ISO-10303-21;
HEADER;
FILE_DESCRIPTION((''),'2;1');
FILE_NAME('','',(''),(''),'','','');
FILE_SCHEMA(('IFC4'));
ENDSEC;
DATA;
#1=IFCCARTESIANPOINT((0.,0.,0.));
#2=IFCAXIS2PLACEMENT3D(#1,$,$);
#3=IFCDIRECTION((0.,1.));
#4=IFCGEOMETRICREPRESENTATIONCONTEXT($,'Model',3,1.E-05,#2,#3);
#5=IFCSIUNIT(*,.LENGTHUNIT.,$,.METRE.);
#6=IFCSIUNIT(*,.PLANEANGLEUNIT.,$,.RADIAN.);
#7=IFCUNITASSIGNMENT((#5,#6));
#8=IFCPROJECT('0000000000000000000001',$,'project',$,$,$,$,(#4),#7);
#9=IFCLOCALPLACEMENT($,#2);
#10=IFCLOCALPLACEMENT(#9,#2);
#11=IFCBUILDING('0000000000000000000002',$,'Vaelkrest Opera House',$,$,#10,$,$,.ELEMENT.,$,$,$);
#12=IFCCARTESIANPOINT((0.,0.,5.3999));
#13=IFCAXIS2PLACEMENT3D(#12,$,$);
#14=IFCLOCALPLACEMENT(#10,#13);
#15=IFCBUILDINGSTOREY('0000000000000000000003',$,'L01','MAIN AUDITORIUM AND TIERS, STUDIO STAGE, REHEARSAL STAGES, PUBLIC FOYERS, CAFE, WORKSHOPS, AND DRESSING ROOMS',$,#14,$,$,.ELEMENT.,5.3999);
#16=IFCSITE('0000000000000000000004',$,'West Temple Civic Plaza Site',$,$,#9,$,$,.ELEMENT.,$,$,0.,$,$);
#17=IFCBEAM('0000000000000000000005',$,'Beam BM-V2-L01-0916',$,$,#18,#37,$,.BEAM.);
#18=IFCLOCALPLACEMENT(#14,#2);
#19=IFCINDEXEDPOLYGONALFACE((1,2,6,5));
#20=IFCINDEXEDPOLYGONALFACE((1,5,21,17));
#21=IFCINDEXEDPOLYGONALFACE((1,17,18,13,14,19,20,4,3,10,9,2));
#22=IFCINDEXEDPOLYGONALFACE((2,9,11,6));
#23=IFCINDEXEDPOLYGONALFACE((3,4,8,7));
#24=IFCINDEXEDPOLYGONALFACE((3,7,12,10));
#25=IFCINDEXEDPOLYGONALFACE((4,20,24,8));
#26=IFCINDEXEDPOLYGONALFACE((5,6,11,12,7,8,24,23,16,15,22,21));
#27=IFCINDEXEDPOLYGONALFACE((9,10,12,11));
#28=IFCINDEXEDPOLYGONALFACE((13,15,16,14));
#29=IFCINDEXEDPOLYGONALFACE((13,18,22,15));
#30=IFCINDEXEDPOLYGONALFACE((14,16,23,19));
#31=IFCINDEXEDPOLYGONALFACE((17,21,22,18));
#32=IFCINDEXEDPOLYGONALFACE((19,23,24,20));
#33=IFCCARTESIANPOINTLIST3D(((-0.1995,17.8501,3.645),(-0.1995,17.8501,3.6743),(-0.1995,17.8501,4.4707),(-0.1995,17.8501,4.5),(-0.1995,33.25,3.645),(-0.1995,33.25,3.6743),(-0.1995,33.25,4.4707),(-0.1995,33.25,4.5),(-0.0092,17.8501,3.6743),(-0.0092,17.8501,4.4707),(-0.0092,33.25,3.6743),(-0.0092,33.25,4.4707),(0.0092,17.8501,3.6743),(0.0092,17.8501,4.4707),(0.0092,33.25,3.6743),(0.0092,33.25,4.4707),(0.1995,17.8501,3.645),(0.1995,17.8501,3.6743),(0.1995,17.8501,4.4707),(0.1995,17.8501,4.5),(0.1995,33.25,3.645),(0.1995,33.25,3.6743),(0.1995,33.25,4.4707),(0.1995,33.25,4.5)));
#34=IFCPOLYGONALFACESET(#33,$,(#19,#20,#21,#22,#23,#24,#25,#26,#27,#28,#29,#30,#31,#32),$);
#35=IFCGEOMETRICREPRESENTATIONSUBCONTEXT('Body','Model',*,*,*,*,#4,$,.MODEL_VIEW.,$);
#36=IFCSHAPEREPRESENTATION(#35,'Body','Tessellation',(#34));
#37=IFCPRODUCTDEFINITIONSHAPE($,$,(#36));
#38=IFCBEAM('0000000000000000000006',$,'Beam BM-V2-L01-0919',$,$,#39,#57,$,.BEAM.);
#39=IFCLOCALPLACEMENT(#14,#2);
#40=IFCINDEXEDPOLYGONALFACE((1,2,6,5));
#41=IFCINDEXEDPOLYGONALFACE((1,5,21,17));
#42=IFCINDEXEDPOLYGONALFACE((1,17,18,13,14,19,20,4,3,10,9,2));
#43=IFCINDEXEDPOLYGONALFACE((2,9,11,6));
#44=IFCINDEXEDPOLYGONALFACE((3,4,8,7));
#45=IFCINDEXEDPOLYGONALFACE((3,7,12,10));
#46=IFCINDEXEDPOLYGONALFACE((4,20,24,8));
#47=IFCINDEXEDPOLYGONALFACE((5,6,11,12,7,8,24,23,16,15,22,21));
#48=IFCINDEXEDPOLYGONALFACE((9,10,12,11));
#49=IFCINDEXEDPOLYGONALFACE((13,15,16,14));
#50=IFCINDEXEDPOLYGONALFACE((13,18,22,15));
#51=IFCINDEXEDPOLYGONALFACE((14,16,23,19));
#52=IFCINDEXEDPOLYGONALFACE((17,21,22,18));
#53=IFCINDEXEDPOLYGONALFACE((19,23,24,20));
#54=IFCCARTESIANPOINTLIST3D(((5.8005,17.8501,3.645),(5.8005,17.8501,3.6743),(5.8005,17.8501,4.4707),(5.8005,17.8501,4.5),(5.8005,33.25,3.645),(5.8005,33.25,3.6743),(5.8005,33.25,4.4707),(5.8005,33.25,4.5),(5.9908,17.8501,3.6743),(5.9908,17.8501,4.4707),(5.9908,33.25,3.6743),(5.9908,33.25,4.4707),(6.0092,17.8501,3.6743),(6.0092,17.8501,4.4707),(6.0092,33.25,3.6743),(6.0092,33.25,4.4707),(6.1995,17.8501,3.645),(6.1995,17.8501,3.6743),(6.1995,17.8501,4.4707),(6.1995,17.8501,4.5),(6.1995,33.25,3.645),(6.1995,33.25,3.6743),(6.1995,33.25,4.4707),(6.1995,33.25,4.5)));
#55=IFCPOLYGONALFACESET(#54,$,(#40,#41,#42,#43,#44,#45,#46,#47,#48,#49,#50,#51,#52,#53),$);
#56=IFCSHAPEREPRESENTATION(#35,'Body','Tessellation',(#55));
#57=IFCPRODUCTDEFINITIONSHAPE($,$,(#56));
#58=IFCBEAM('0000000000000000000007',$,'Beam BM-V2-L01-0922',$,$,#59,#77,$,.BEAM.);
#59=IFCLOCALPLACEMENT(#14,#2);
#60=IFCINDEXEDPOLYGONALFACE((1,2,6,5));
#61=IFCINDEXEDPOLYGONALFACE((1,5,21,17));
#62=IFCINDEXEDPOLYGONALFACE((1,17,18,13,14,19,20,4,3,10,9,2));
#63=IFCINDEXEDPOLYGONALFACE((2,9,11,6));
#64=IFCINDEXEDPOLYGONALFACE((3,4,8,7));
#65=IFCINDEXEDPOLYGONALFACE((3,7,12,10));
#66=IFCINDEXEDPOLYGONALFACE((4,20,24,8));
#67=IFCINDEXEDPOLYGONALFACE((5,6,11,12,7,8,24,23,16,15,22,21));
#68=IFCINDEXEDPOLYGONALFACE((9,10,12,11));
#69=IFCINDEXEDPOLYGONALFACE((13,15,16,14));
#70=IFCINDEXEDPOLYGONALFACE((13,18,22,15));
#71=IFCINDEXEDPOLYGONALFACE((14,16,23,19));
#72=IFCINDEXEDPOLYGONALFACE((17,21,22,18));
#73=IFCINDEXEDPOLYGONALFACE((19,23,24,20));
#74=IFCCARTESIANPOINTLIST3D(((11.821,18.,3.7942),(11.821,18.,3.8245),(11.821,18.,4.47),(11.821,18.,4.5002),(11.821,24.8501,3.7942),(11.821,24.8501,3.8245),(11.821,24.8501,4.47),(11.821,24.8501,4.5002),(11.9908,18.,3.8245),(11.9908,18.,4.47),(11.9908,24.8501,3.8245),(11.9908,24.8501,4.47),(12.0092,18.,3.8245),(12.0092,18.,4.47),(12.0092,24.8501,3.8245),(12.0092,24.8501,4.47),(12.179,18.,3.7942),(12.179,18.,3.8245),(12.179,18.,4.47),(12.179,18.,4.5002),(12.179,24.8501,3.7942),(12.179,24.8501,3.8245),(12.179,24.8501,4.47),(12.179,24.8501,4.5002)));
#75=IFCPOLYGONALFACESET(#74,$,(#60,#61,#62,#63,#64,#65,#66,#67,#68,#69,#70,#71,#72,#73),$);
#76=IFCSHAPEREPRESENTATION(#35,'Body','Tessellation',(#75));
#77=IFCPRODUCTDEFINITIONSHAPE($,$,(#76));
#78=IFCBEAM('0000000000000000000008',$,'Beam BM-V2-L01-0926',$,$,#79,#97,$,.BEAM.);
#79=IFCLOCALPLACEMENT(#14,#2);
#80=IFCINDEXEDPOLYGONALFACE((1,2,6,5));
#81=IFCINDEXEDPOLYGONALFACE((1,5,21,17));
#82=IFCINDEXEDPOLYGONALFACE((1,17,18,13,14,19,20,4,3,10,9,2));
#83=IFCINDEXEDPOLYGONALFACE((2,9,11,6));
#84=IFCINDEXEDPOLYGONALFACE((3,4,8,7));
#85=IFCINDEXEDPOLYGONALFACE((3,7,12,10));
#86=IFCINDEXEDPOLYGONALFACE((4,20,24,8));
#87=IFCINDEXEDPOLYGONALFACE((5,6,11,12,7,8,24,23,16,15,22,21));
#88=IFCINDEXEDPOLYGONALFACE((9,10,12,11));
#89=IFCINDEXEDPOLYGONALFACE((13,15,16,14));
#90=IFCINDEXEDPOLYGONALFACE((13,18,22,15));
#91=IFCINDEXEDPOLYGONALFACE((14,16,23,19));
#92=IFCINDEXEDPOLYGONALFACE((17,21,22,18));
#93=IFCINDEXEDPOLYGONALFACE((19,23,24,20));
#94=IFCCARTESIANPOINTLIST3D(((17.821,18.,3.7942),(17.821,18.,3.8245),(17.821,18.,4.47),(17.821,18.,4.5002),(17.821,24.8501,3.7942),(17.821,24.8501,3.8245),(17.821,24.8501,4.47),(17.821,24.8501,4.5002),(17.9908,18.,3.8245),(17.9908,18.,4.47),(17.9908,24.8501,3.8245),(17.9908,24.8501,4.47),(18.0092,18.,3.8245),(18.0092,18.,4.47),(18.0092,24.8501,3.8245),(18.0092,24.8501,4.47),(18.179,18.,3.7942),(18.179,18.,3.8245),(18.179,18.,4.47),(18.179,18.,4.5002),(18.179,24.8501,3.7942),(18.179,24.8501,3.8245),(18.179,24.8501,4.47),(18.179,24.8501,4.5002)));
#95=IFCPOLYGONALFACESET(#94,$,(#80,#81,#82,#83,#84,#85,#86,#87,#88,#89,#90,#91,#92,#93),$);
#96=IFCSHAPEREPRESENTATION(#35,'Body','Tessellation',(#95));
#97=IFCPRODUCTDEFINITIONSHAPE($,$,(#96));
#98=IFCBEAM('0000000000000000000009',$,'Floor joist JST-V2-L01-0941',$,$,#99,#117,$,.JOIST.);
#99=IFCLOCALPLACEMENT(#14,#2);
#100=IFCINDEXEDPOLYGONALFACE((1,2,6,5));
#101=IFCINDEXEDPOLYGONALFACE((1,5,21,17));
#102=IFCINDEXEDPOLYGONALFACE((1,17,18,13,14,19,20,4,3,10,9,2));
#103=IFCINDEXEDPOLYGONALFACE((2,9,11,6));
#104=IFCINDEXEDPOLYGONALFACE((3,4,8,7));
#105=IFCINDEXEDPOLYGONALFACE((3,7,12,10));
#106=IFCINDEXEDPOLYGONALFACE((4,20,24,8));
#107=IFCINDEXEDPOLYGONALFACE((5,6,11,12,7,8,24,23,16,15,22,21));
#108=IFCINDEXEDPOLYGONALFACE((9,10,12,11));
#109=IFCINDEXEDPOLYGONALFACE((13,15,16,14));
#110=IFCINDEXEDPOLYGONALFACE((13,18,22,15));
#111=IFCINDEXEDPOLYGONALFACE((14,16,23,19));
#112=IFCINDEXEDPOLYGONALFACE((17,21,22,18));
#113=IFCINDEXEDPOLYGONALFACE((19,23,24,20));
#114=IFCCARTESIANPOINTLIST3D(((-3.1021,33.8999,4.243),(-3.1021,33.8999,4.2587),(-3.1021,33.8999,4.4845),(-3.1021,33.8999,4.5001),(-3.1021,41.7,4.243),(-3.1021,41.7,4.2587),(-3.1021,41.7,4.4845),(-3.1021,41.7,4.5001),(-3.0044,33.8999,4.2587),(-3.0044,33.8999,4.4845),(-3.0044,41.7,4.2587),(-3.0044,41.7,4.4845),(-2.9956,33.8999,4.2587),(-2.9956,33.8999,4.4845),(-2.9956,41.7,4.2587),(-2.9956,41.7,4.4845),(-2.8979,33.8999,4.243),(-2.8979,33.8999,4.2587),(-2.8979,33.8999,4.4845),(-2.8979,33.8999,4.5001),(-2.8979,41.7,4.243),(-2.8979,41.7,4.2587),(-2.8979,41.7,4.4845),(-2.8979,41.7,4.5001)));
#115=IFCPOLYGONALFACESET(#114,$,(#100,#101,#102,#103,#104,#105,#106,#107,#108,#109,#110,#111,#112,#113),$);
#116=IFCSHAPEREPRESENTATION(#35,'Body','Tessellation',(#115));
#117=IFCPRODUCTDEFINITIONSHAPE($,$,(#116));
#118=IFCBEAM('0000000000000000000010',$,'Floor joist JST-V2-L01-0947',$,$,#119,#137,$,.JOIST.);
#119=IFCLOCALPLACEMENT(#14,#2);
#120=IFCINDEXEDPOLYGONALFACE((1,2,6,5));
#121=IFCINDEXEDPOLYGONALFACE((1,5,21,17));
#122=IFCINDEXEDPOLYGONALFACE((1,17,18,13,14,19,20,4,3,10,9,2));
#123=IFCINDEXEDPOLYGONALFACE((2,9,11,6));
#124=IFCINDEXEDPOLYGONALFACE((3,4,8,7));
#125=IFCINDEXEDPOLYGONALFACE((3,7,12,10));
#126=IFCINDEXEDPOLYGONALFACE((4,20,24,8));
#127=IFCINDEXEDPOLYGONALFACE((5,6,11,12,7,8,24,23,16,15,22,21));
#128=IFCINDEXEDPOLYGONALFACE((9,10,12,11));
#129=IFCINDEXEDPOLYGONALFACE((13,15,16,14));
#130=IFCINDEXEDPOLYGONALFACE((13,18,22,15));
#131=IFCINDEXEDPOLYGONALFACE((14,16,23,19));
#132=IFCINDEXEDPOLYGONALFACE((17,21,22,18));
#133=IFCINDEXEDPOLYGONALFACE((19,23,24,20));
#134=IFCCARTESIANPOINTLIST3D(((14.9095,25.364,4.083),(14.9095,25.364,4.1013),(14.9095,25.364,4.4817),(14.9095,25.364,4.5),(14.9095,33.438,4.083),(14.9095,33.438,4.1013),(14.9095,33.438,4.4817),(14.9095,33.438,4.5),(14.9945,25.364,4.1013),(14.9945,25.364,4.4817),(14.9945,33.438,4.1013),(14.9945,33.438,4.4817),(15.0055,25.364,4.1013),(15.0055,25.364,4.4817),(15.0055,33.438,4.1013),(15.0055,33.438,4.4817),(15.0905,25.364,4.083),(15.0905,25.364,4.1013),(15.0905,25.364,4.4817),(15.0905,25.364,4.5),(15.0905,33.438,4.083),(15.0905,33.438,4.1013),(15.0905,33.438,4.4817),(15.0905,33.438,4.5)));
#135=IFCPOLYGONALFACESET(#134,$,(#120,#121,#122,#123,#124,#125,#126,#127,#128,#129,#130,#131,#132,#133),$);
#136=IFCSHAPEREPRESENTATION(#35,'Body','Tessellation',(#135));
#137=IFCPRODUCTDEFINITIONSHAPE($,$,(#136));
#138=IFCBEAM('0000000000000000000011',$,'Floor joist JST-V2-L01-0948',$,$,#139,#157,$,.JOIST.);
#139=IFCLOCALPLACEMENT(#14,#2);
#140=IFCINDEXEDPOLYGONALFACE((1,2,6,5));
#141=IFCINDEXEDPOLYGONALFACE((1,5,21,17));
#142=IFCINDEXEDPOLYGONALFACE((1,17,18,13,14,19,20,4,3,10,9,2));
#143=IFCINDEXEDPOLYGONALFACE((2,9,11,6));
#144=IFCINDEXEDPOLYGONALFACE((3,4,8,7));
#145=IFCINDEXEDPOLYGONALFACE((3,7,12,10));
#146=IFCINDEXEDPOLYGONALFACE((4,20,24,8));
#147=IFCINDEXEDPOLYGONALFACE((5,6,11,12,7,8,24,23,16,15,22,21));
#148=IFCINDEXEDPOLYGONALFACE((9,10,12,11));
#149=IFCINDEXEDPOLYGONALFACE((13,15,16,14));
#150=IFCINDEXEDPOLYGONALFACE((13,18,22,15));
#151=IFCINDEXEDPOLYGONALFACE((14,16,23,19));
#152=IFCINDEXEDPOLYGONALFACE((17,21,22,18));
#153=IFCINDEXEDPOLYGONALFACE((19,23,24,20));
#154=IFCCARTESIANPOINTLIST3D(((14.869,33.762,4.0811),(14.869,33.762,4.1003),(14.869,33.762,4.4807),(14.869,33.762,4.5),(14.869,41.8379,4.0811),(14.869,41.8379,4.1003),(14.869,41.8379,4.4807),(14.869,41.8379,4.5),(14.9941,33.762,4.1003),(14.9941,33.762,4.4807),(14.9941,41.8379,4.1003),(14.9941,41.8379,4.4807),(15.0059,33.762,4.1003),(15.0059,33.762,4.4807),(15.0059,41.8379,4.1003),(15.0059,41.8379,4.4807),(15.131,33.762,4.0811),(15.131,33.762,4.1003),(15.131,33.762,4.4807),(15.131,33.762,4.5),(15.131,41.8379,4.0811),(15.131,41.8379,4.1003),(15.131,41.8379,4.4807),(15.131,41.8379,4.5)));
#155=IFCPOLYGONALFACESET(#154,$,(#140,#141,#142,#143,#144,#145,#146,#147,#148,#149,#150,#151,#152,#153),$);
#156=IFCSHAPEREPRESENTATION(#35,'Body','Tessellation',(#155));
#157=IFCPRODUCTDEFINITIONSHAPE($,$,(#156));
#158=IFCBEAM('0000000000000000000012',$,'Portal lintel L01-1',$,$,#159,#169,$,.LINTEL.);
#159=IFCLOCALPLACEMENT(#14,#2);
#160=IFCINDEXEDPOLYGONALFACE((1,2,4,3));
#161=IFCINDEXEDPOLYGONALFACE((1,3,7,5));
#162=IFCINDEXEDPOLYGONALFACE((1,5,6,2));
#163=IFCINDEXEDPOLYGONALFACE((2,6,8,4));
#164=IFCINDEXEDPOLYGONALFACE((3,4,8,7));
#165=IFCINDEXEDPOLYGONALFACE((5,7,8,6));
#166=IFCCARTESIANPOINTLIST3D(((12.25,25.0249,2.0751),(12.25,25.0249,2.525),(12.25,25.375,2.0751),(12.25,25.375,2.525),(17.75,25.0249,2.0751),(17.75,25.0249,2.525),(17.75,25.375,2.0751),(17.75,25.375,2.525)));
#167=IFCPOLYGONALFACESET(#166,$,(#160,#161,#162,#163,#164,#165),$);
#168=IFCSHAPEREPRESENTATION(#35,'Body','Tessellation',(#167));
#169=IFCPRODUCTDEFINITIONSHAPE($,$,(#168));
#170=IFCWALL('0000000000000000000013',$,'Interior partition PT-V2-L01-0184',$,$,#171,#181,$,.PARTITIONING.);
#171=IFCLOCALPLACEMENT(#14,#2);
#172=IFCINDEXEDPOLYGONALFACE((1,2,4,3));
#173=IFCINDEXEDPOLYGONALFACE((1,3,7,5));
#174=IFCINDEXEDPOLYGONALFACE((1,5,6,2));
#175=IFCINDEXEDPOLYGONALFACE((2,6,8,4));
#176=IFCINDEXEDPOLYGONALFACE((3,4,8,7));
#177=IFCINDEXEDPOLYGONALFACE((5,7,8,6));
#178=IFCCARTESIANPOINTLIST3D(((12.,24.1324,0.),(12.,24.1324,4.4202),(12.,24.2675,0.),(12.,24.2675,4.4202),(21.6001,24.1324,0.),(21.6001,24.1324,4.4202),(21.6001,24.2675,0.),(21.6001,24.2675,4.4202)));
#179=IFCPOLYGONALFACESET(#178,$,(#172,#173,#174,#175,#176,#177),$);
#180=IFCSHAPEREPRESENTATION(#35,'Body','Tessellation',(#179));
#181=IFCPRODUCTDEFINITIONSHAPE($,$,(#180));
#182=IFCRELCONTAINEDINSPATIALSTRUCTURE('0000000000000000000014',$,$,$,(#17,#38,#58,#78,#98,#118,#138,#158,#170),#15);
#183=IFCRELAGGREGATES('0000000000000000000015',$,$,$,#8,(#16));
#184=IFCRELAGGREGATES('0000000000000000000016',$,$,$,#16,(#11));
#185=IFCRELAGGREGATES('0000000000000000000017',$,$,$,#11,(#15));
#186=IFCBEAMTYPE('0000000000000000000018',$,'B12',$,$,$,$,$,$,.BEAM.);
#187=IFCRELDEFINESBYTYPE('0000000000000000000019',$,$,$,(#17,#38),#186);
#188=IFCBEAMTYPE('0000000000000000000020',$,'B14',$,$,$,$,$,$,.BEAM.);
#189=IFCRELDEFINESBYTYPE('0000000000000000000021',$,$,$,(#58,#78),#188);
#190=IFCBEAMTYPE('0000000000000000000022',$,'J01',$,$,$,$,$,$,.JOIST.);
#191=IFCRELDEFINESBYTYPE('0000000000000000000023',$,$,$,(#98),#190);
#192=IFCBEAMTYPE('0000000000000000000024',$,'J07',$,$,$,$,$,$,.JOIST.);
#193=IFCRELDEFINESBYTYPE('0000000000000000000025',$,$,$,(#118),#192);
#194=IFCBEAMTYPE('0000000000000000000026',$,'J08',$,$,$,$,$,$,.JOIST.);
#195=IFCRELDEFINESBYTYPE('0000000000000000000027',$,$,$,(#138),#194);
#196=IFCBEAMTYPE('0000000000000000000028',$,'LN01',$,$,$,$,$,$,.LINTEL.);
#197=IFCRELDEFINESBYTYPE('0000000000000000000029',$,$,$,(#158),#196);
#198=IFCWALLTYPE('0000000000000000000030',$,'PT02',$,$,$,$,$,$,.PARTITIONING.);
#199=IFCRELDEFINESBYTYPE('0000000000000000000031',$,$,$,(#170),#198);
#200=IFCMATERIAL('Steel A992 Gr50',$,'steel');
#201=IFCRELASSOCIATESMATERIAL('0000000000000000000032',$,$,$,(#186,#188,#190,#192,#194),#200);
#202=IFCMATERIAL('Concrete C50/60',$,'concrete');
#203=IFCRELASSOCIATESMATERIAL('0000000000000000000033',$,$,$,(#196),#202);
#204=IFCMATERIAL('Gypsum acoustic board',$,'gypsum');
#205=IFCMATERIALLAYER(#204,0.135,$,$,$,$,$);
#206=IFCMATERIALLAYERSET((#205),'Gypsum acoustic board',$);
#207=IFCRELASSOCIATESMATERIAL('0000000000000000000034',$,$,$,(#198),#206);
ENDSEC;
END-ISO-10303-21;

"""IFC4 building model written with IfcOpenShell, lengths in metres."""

from ifc_helpers import new_model, si_unit, direction, frame, frame_2d, origin, origin_2d, place, context, subcontext, project, spatial, rectangle, i_section, extrude, material, layer, layer_set, material_profile, profile_set, type_object, element, save


model = new_model("IFC4")

# Units and contexts
model_context = context("Model", 3, precision=1e-05, world=origin(), true_north=direction((0.0, 1.0)))
body_context = subcontext(model_context, "Body", "Model", "MODEL_VIEW")
ifc_project = project(units=[si_unit("LENGTHUNIT", "METRE"), si_unit("PLANEANGLEUNIT", "RADIAN")], contexts=[model_context])

# Site, building, storey
site_placement = place(None, origin())
site = spatial("IfcSite", under=ifc_project, at=site_placement, Name="West Temple Civic Plaza Site", CompositionType="ELEMENT", RefElevation=0.0)
building_placement = place(site_placement, origin())
building = spatial("IfcBuilding", under=site, at=building_placement, Name="Vaelkrest Opera House", CompositionType="ELEMENT")
storey_placement = place(building_placement, frame((0.0, 0.0, 5.3999)))
storey = spatial("IfcBuildingStorey", under=building, at=storey_placement, Name="L01", Description="MAIN AUDITORIUM AND TIERS, STUDIO STAGE, REHEARSAL STAGES, PUBLIC FOYERS, CAFE, WORKSHOPS, AND DRESSING ROOMS", CompositionType="ELEMENT", Elevation=5.3999)

# Shared definitions
ifc_material_1 = material(Name="Concrete C50/60", Category="concrete")

# Beams
ifc_material_2 = material(Name="Steel A992 Gr50", Category="steel")
ifc_material_profile_1 = material_profile(ifc_material_2, i_section(OverallWidth=0.3989, OverallDepth=0.855, WebThickness=0.0183, FlangeThickness=0.0293, at=origin_2d()), Name="W33X201")
ifc_profile_set_1 = profile_set([ifc_material_profile_1], Name="Steel A992 Gr50")
beam_type_1 = type_object("IfcBeamType", Name="B12", PredefinedType="BEAM", material=ifc_profile_set_1)
for number, where, z_axis, x_axis, name in (
    (1, (0.0, 17.8501, 4.0725), (0.0, 1.0, 0.0), (-1.0, 0.0, 0.0), "Beam BM-V2-L01-0916"),
    (2, (6.0, 17.8501, 4.0725), (0.0, 1.0, 0.0), (-1.0, 0.0, 0.0), "Beam BM-V2-L01-0919"),
):
    element("IfcBeam", number, at=place(storey_placement, frame(where, z_axis=z_axis, x_axis=x_axis)), inside=storey, type_object=beam_type_1, Name=name, PredefinedType="BEAM", context=body_context, shape_type="SweptSolid", body=[
        extrude(i_section(OverallWidth=0.3989, OverallDepth=0.855, WebThickness=0.0183, FlangeThickness=0.0293, at=origin_2d()), origin(), (0.0, 0.0, 1.0), 15.3999),
    ])
ifc_material_profile_2 = material_profile(ifc_material_2, i_section(OverallWidth=0.3579, OverallDepth=0.7061, WebThickness=0.0183, FlangeThickness=0.0303, at=origin_2d()), Name="W27X178")
ifc_profile_set_2 = profile_set([ifc_material_profile_2], Name="Steel A992 Gr50")
beam_type_2 = type_object("IfcBeamType", Name="B14", PredefinedType="BEAM", material=ifc_profile_set_2)
for number, where, z_axis, x_axis, name in (
    (3, (12.0, 18.0, 4.1472), (0.0, 1.0, 0.0), (-1.0, 0.0, 0.0), "Beam BM-V2-L01-0922"),
    (4, (18.0, 18.0, 4.1472), (0.0, 1.0, 0.0), (-1.0, 0.0, 0.0), "Beam BM-V2-L01-0926"),
):
    element("IfcBeam", number, at=place(storey_placement, frame(where, z_axis=z_axis, x_axis=x_axis)), inside=storey, type_object=beam_type_2, Name=name, PredefinedType="BEAM", context=body_context, shape_type="SweptSolid", body=[
        extrude(i_section(OverallWidth=0.3579, OverallDepth=0.7061, WebThickness=0.0183, FlangeThickness=0.0303, at=origin_2d()), origin(), (0.0, 0.0, 1.0), 6.8501),
    ])
ifc_material_profile_3 = material_profile(ifc_material_2, i_section(OverallWidth=0.2041, OverallDepth=0.2571, WebThickness=0.0088, FlangeThickness=0.0156, at=origin_2d()), Name="W10X45")
ifc_profile_set_3 = profile_set([ifc_material_profile_3], Name="Steel A992 Gr50")
beam_type_3 = type_object("IfcBeamType", Name="J01", PredefinedType="JOIST", material=ifc_profile_set_3)
beam_1_placement = place(storey_placement, frame((-3.0, 33.8999, 4.3716), z_axis=(0.0, 1.0, 0.0), x_axis=(-1.0, 0.0, 0.0)))
element("IfcBeam", 5, at=beam_1_placement, inside=storey, type_object=beam_type_3, Name="Floor joist JST-V2-L01-0941", PredefinedType="JOIST", context=body_context, shape_type="SweptSolid", body=[
    extrude(i_section(OverallWidth=0.2041, OverallDepth=0.2571, WebThickness=0.0088, FlangeThickness=0.0156, at=origin_2d()), origin(), (0.0, 0.0, 1.0), 7.8),
])
ifc_material_profile_4 = material_profile(ifc_material_2, i_section(OverallWidth=0.1809, OverallDepth=0.417, WebThickness=0.011, FlangeThickness=0.0183, at=origin_2d()), Name="W16X57")
ifc_profile_set_4 = profile_set([ifc_material_profile_4], Name="Steel A992 Gr50")
beam_type_4 = type_object("IfcBeamType", Name="J07", PredefinedType="JOIST", material=ifc_profile_set_4)
beam_2_placement = place(storey_placement, frame((15.0, 25.364, 4.2915), z_axis=(0.0, 1.0, 0.0), x_axis=(-1.0, 0.0, 0.0)))
element("IfcBeam", 6, at=beam_2_placement, inside=storey, type_object=beam_type_4, Name="Floor joist JST-V2-L01-0947", PredefinedType="JOIST", context=body_context, shape_type="SweptSolid", body=[
    extrude(i_section(OverallWidth=0.1809, OverallDepth=0.417, WebThickness=0.011, FlangeThickness=0.0183, at=origin_2d()), origin(), (0.0, 0.0, 1.0), 8.074),
])
ifc_material_profile_5 = material_profile(ifc_material_2, i_section(OverallWidth=0.262, OverallDepth=0.4189, WebThickness=0.0117, FlangeThickness=0.0193, at=origin_2d()), Name="W16X77")
ifc_profile_set_5 = profile_set([ifc_material_profile_5], Name="Steel A992 Gr50")
beam_type_5 = type_object("IfcBeamType", Name="J08", PredefinedType="JOIST", material=ifc_profile_set_5)
beam_3_placement = place(storey_placement, frame((15.0, 33.762, 4.2905), z_axis=(0.0, 1.0, 0.0), x_axis=(-1.0, 0.0, 0.0)))
element("IfcBeam", 7, at=beam_3_placement, inside=storey, type_object=beam_type_5, Name="Floor joist JST-V2-L01-0948", PredefinedType="JOIST", context=body_context, shape_type="SweptSolid", body=[
    extrude(i_section(OverallWidth=0.262, OverallDepth=0.4189, WebThickness=0.0117, FlangeThickness=0.0193, at=origin_2d()), origin(), (0.0, 0.0, 1.0), 8.0759),
])
ifc_material_profile_6 = material_profile(ifc_material_1, rectangle(XDim=0.3501, YDim=0.45, at=origin_2d()), Name="RCB350X450")
ifc_profile_set_6 = profile_set([ifc_material_profile_6], Name="Concrete C50/60")
beam_type_6 = type_object("IfcBeamType", Name="LN01", PredefinedType="LINTEL", material=ifc_profile_set_6)
beam_4_placement = place(storey_placement, frame((12.25, 25.2, 2.3), z_axis=(1.0, 0.0, 0.0), x_axis=(0.0, 1.0, 0.0)))
element("IfcBeam", 8, at=beam_4_placement, inside=storey, type_object=beam_type_6, Name="Portal lintel L01-1", PredefinedType="LINTEL", context=body_context, shape_type="SweptSolid", body=[
    extrude(rectangle(XDim=0.3501, YDim=0.45, at=origin_2d()), origin(), (0.0, 0.0, 1.0), 5.5),
])

# Wall
ifc_material_3 = material(Name="Gypsum acoustic board", Category="gypsum")
ifc_layer_1 = layer(ifc_material_3, 0.135)
ifc_layer_set_1 = layer_set([ifc_layer_1], Name="Gypsum acoustic board")
wall_type_1 = type_object("IfcWallType", Name="PT02", PredefinedType="PARTITIONING", material=ifc_layer_set_1)
wall_1_placement = place(storey_placement, frame((12.0, 24.2, 0.0), z_axis=(0.0, 0.0, 1.0), x_axis=(1.0, 0.0, 0.0)))
element("IfcWall", 9, at=wall_1_placement, inside=storey, type_object=wall_type_1, Name="Interior partition PT-V2-L01-0184", PredefinedType="PARTITIONING", context=body_context, shape_type="SweptSolid", body=[
    extrude(rectangle(XDim=9.6001, YDim=0.135, at=frame_2d((4.8, 0.0))), origin(), (0.0, 0.0, 1.0), 4.4202),
])

save(model, "model.ifc")
